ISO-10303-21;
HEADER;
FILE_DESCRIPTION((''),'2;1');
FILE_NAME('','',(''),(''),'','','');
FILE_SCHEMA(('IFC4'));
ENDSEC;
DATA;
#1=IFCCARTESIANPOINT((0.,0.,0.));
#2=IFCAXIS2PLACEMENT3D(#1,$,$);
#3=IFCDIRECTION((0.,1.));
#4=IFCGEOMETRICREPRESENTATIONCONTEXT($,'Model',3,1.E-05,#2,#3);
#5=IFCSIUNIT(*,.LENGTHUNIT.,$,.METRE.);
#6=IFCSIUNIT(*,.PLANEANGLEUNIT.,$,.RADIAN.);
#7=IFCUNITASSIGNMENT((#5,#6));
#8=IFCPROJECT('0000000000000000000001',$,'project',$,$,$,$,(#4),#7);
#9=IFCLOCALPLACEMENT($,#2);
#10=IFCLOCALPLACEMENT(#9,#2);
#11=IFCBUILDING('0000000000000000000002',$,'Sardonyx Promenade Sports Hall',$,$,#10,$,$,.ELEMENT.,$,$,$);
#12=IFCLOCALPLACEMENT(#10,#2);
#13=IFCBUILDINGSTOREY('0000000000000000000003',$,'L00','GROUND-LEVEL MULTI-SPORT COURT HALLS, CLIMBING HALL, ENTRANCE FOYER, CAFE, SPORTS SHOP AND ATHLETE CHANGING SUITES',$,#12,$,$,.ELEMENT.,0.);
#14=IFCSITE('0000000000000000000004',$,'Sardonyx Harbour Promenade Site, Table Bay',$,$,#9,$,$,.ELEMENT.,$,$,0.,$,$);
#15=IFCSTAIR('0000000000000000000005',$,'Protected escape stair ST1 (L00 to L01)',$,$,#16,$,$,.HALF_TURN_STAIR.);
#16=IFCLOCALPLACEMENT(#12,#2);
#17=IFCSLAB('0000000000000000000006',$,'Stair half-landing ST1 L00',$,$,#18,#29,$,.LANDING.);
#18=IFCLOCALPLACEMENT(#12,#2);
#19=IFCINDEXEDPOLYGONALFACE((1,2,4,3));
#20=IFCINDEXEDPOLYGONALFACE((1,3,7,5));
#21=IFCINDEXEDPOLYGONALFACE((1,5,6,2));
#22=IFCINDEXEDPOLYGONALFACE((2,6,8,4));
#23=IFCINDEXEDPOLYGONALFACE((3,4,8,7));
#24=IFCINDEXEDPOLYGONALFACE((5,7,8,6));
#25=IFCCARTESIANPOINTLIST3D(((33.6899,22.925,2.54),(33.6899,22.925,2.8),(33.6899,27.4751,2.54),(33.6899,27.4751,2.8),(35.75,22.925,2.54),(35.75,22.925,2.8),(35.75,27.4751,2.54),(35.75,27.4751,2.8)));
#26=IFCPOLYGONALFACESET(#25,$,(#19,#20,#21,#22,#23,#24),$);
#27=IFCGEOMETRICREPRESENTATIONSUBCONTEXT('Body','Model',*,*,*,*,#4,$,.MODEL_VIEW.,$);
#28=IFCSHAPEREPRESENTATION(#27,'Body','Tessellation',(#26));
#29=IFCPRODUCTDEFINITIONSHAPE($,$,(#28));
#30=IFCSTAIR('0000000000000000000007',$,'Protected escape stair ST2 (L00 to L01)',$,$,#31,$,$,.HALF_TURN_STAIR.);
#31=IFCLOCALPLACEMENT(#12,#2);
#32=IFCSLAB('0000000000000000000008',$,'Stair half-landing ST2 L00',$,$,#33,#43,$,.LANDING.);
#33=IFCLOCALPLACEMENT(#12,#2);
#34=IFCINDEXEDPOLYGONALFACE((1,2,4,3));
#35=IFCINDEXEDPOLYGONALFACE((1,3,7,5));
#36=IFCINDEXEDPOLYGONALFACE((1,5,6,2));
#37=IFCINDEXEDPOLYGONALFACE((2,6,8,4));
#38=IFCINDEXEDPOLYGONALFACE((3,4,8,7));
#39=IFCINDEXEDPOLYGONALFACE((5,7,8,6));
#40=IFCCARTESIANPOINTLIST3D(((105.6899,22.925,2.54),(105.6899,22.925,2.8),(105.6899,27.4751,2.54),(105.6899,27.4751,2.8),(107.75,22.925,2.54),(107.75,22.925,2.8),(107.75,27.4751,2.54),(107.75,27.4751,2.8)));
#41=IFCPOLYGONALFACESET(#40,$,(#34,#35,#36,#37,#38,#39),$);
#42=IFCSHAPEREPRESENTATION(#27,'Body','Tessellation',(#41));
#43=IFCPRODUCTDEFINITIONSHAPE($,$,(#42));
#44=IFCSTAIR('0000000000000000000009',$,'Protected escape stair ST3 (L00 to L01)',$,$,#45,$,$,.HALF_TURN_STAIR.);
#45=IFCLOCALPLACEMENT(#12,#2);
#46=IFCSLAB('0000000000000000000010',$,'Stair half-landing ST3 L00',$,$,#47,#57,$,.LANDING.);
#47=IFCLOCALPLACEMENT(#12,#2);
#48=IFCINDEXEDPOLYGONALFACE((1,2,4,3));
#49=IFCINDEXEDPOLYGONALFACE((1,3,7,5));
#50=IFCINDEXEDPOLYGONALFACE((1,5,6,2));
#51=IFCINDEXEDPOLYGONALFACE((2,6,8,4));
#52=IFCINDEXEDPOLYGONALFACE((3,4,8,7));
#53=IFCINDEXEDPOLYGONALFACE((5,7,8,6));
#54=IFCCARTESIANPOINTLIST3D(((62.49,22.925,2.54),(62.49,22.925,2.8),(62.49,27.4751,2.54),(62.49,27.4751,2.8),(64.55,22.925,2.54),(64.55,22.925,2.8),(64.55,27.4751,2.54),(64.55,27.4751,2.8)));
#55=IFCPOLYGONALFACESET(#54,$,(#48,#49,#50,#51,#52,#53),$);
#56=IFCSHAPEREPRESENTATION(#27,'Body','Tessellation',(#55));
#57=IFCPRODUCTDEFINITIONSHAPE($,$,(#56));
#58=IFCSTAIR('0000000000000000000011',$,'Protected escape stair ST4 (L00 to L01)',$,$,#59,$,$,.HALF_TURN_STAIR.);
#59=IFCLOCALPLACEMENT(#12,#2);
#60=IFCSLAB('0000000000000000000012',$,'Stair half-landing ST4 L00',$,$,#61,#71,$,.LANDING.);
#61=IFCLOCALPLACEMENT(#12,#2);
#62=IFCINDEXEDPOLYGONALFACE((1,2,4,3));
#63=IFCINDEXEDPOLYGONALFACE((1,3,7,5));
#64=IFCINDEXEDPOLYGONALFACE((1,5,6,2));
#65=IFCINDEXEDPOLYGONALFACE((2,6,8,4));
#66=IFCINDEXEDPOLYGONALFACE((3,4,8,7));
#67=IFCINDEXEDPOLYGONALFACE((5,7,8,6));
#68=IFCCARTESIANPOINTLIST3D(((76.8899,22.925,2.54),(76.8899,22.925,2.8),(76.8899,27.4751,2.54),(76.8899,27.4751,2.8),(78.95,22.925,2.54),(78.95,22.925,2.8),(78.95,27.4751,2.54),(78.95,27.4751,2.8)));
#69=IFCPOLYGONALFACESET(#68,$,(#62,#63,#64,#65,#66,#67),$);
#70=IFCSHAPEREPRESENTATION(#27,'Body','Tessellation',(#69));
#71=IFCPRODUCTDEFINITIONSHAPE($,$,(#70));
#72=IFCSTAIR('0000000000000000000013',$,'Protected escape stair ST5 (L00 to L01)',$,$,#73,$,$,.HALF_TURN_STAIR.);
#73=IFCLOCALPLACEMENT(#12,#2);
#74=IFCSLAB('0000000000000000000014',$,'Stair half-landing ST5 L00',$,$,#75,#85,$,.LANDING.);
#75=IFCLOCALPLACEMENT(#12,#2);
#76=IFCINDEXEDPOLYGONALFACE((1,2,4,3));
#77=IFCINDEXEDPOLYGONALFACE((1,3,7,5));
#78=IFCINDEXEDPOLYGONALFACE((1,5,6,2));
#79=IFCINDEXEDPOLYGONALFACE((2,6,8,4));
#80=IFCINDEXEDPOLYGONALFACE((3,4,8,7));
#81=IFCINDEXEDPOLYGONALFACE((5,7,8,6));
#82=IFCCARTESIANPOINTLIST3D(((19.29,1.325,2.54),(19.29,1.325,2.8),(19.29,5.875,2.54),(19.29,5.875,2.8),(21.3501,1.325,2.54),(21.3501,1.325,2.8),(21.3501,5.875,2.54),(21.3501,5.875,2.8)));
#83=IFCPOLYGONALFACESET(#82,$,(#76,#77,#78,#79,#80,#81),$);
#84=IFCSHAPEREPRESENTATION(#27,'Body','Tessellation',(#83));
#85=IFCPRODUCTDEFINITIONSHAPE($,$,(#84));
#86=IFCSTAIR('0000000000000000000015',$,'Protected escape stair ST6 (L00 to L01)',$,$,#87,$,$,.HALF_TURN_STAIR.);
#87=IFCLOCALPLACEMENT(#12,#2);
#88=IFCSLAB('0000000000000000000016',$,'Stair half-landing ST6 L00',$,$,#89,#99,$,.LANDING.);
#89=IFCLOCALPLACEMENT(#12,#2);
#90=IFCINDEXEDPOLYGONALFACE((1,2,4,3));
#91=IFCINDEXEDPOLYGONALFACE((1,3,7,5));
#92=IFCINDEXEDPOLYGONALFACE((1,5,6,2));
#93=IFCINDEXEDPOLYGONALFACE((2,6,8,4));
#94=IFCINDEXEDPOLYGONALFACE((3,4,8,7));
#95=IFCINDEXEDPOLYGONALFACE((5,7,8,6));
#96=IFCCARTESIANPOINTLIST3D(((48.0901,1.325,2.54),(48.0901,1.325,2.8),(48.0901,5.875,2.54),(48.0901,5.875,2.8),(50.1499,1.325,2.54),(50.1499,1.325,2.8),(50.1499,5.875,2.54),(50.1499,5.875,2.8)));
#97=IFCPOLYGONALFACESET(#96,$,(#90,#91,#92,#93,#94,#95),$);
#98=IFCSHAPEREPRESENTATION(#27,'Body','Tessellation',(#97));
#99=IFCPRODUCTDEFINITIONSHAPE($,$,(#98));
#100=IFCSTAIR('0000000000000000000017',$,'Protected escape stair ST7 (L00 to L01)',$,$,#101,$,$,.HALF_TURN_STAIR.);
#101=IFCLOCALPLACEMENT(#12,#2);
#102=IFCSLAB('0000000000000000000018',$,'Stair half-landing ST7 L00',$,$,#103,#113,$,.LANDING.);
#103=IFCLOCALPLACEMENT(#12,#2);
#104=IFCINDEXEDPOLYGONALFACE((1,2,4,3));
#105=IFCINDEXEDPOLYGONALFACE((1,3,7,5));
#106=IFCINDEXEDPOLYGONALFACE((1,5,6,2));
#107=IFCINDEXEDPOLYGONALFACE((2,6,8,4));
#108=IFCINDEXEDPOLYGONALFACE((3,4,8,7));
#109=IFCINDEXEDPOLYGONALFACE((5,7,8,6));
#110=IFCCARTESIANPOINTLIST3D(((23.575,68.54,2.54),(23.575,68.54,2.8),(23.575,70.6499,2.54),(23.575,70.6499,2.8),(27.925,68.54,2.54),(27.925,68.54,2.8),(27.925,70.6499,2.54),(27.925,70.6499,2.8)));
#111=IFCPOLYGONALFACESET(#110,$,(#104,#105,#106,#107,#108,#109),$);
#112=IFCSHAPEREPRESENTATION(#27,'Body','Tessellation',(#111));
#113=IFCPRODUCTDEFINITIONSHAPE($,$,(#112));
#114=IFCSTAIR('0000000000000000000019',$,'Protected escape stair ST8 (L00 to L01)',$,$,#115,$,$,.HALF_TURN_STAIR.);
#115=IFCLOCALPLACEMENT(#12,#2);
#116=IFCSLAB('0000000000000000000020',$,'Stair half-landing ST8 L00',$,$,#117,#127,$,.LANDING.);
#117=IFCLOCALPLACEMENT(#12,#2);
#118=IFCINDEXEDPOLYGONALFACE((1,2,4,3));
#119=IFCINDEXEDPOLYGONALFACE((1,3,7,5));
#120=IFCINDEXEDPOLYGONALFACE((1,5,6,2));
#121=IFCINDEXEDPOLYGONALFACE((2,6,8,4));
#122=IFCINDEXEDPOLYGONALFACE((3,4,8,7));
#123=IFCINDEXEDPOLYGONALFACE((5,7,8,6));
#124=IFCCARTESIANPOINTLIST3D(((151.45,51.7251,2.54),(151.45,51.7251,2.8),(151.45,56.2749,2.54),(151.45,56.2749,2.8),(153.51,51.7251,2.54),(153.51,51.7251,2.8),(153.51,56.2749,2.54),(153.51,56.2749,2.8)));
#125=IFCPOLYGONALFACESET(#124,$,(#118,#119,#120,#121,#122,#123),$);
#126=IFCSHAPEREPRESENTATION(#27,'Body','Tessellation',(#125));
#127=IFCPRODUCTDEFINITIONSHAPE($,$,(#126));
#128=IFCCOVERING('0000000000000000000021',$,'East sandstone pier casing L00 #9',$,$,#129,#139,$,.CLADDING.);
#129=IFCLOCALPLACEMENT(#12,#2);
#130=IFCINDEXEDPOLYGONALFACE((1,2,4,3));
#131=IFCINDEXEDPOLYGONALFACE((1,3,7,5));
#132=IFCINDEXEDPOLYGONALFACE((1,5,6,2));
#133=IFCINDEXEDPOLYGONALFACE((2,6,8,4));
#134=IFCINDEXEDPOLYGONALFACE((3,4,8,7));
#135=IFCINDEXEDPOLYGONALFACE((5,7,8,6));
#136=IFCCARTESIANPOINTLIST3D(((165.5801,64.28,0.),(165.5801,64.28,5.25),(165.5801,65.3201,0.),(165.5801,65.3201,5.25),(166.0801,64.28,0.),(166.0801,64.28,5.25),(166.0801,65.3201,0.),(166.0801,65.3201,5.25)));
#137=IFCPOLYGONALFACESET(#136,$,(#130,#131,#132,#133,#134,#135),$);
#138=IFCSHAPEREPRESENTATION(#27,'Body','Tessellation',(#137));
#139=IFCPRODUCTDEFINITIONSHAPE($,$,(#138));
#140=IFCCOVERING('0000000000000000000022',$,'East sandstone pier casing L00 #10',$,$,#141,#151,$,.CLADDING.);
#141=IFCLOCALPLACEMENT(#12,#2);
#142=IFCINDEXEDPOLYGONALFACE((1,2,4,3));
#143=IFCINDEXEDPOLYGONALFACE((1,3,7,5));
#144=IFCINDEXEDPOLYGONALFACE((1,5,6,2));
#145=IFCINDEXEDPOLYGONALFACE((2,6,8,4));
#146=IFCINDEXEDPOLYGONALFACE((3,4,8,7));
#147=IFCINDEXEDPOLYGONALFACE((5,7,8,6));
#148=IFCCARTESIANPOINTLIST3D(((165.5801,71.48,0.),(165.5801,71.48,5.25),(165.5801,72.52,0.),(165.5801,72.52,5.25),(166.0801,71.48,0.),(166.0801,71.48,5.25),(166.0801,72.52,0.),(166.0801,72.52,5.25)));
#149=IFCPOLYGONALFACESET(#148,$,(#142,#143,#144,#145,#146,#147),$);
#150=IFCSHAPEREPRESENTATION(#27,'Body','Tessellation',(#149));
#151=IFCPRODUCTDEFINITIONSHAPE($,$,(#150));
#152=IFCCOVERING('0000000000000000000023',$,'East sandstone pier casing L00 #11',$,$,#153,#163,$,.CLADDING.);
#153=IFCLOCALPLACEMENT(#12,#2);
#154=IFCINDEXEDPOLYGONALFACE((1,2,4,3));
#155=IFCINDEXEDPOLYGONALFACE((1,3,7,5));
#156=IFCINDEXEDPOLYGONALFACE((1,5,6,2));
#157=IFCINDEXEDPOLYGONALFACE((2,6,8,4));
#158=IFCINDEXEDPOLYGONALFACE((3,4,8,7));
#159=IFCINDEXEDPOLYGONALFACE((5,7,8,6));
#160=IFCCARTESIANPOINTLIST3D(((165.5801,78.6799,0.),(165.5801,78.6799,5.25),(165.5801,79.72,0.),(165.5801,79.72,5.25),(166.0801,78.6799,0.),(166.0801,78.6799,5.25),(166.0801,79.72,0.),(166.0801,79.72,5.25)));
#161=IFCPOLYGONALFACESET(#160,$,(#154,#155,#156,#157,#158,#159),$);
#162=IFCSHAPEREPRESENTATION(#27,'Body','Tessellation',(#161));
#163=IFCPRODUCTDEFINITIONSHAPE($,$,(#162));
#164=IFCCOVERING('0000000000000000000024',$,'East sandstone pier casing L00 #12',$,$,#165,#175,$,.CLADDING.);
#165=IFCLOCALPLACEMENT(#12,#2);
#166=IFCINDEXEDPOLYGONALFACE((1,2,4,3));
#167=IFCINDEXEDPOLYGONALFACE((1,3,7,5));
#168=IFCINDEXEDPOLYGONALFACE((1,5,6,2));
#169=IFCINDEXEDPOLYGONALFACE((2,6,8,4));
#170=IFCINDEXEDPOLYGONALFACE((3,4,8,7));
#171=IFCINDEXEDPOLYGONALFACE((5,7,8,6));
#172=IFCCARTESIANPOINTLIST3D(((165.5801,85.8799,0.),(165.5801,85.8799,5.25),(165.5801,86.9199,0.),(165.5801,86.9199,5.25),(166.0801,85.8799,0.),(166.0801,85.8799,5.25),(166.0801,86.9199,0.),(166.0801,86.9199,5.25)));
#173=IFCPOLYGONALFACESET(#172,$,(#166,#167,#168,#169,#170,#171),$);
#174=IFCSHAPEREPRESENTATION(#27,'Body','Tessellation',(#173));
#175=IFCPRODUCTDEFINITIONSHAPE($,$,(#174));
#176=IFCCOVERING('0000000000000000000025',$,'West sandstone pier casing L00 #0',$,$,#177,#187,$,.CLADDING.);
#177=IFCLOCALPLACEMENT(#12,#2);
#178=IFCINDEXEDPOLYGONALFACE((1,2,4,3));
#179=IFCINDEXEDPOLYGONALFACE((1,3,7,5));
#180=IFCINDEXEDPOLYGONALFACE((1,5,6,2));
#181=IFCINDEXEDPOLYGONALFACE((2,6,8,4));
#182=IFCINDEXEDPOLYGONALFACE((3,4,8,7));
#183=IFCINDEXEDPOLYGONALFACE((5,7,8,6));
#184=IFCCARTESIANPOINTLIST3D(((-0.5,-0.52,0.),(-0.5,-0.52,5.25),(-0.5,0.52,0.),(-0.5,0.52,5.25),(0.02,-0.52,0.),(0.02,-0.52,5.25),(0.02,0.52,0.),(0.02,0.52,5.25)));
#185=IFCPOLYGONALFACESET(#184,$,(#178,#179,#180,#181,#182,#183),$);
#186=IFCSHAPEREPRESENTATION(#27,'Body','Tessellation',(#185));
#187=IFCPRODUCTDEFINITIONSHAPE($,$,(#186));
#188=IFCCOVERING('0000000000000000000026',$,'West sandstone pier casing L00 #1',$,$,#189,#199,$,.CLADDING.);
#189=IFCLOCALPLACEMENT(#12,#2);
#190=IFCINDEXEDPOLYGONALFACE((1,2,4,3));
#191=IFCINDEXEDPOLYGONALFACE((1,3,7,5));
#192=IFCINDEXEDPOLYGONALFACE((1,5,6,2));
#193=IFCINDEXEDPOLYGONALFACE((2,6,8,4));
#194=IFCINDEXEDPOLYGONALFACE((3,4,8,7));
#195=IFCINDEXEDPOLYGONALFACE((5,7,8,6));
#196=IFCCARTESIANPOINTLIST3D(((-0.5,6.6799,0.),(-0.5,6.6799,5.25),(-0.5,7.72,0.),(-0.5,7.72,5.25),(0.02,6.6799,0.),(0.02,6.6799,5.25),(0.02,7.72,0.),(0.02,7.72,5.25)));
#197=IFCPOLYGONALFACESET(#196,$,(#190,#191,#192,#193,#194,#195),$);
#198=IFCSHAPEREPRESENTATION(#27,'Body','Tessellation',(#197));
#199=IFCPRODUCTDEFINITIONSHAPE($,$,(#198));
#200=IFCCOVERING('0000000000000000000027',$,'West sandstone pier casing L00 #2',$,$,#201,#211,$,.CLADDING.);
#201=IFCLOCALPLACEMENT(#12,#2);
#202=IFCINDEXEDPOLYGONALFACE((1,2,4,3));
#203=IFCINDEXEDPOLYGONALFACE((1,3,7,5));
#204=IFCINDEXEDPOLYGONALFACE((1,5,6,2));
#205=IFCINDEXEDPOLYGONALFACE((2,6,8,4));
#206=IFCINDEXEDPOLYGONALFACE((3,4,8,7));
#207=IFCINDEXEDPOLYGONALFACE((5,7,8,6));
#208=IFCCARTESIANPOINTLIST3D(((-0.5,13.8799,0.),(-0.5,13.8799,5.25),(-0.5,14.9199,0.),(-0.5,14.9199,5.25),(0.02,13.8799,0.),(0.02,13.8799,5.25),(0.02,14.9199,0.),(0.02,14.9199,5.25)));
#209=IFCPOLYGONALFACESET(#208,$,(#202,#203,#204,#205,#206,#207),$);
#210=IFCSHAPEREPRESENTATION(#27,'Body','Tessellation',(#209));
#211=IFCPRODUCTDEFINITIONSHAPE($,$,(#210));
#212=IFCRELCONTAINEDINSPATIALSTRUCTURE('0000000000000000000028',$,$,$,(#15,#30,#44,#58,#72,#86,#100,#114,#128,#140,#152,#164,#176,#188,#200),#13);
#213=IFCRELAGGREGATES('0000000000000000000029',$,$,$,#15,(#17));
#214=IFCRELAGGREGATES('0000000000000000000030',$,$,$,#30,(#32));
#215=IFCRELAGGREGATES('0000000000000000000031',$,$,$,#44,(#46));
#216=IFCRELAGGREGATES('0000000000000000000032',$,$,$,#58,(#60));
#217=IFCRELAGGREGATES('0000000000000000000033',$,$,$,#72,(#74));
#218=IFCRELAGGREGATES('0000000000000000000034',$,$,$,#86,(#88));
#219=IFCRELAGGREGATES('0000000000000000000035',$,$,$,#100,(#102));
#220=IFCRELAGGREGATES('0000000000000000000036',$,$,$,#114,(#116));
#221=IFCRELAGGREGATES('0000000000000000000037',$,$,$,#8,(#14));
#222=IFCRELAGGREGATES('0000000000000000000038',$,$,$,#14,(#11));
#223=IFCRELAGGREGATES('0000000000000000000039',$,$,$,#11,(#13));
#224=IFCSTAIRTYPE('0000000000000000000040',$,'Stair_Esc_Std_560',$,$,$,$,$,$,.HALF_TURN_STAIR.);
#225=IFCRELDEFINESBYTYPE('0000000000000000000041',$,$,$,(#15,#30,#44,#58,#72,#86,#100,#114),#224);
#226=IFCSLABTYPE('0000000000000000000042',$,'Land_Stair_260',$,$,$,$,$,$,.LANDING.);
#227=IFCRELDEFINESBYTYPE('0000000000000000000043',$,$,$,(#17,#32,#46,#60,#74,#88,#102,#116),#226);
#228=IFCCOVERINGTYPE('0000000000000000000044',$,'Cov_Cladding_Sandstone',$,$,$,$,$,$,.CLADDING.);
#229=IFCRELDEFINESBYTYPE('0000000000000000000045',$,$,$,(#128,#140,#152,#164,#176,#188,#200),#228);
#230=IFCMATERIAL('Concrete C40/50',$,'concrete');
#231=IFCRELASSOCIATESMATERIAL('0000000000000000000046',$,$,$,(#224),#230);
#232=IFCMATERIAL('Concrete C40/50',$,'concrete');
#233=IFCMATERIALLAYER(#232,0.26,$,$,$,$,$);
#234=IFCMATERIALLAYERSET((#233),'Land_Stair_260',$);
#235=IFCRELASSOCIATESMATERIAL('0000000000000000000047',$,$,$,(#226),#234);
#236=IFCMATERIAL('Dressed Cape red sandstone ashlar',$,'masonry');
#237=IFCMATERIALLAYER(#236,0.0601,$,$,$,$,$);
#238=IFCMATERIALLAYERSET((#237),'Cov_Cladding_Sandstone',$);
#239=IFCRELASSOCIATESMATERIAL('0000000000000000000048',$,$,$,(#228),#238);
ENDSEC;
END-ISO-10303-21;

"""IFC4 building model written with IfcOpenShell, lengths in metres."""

from ifc_helpers import new_model, si_unit, direction, frame, origin, place, context, subcontext, project, spatial, polyline, outline, extrude, material, layer, layer_set, type_object, element, aggregate, save


model = new_model("IFC4")

# Units and contexts
model_context = context("Model", 3, precision=1e-05, world=origin(), true_north=direction((0.0, 1.0)))
body_context = subcontext(model_context, "Body", "Model", "MODEL_VIEW")
ifc_project = project(units=[si_unit("LENGTHUNIT", "METRE"), si_unit("PLANEANGLEUNIT", "RADIAN")], contexts=[model_context])

# Site, building, storey
site_placement = place(None, origin())
site = spatial("IfcSite", under=ifc_project, at=site_placement, Name="Sardonyx Harbour Promenade Site, Table Bay", CompositionType="ELEMENT", RefElevation=0.0)
building_placement = place(site_placement, origin())
building = spatial("IfcBuilding", under=site, at=building_placement, Name="Sardonyx Promenade Sports Hall", CompositionType="ELEMENT")
storey_placement = place(building_placement, origin())
storey = spatial("IfcBuildingStorey", under=building, at=storey_placement, Name="L00", Description="GROUND-LEVEL MULTI-SPORT COURT HALLS, CLIMBING HALL, ENTRANCE FOYER, CAFE, SPORTS SHOP AND ATHLETE CHANGING SUITES", CompositionType="ELEMENT", Elevation=0.0)

# Stairs, slabs
ifc_material_1 = material(Name="Concrete C40/50", Category="concrete")
stair_type = type_object("IfcStairType", Name="Stair_Esc_Std_560", PredefinedType="HALF_TURN_STAIR", material=ifc_material_1)
stair_1_placement = place(storey_placement, origin())
stair_1 = element("IfcStair", 1, at=stair_1_placement, inside=storey, type_object=stair_type, Name="Protected escape stair ST1 (L00 to L01)", PredefinedType="HALF_TURN_STAIR")
ifc_material_2 = material(Name="Concrete C40/50", Category="concrete")
ifc_layer_1 = layer(ifc_material_2, 0.26)
ifc_layer_set_1 = layer_set([ifc_layer_1], Name="Land_Stair_260")
slab_type = type_object("IfcSlabType", Name="Land_Stair_260", PredefinedType="LANDING", material=ifc_layer_set_1)
slab_1_placement = place(storey_placement, frame((0.0, 0.0, 2.54)))
slab_1 = element("IfcSlab", 2, at=slab_1_placement, type_object=slab_type, Name="Stair half-landing ST1 L00", PredefinedType="LANDING", context=body_context, shape_type="SweptSolid", body=[
    extrude(outline(polyline([(33.6899, 22.925), (35.75, 22.925), (35.75, 27.4751), (33.6899, 27.4751), (33.6899, 22.925)])), origin(), (0.0, 0.0, 1.0), 0.26),
])
aggregate(stair_1, [slab_1])
stair_2_placement = place(storey_placement, origin())
stair_2 = element("IfcStair", 3, at=stair_2_placement, inside=storey, type_object=stair_type, Name="Protected escape stair ST2 (L00 to L01)", PredefinedType="HALF_TURN_STAIR")
slab_2_placement = place(storey_placement, frame((0.0, 0.0, 2.54)))
slab_2 = element("IfcSlab", 4, at=slab_2_placement, type_object=slab_type, Name="Stair half-landing ST2 L00", PredefinedType="LANDING", context=body_context, shape_type="SweptSolid", body=[
    extrude(outline(polyline([(105.6899, 22.925), (107.75, 22.925), (107.75, 27.4751), (105.6899, 27.4751), (105.6899, 22.925)])), origin(), (0.0, 0.0, 1.0), 0.26),
])
aggregate(stair_2, [slab_2])
stair_3_placement = place(storey_placement, origin())
stair_3 = element("IfcStair", 5, at=stair_3_placement, inside=storey, type_object=stair_type, Name="Protected escape stair ST3 (L00 to L01)", PredefinedType="HALF_TURN_STAIR")
slab_3_placement = place(storey_placement, frame((0.0, 0.0, 2.54)))
slab_3 = element("IfcSlab", 6, at=slab_3_placement, type_object=slab_type, Name="Stair half-landing ST3 L00", PredefinedType="LANDING", context=body_context, shape_type="SweptSolid", body=[
    extrude(outline(polyline([(62.49, 22.925), (64.55, 22.925), (64.55, 27.4751), (62.49, 27.4751), (62.49, 22.925)])), origin(), (0.0, 0.0, 1.0), 0.26),
])
aggregate(stair_3, [slab_3])
stair_4_placement = place(storey_placement, origin())
stair_4 = element("IfcStair", 7, at=stair_4_placement, inside=storey, type_object=stair_type, Name="Protected escape stair ST4 (L00 to L01)", PredefinedType="HALF_TURN_STAIR")
slab_4_placement = place(storey_placement, frame((0.0, 0.0, 2.54)))
slab_4 = element("IfcSlab", 8, at=slab_4_placement, type_object=slab_type, Name="Stair half-landing ST4 L00", PredefinedType="LANDING", context=body_context, shape_type="SweptSolid", body=[
    extrude(outline(polyline([(76.8899, 22.925), (78.95, 22.925), (78.95, 27.4751), (76.8899, 27.4751), (76.8899, 22.925)])), origin(), (0.0, 0.0, 1.0), 0.26),
])
aggregate(stair_4, [slab_4])
stair_5_placement = place(storey_placement, origin())
stair_5 = element("IfcStair", 9, at=stair_5_placement, inside=storey, type_object=stair_type, Name="Protected escape stair ST5 (L00 to L01)", PredefinedType="HALF_TURN_STAIR")
slab_5_placement = place(storey_placement, frame((0.0, 0.0, 2.54)))
slab_5 = element("IfcSlab", 10, at=slab_5_placement, type_object=slab_type, Name="Stair half-landing ST5 L00", PredefinedType="LANDING", context=body_context, shape_type="SweptSolid", body=[
    extrude(outline(polyline([(19.29, 1.325), (21.3501, 1.325), (21.3501, 5.875), (19.29, 5.875), (19.29, 1.325)])), origin(), (0.0, 0.0, 1.0), 0.26),
])
aggregate(stair_5, [slab_5])
stair_6_placement = place(storey_placement, origin())
stair_6 = element("IfcStair", 11, at=stair_6_placement, inside=storey, type_object=stair_type, Name="Protected escape stair ST6 (L00 to L01)", PredefinedType="HALF_TURN_STAIR")
slab_6_placement = place(storey_placement, frame((0.0, 0.0, 2.54)))
slab_6 = element("IfcSlab", 12, at=slab_6_placement, type_object=slab_type, Name="Stair half-landing ST6 L00", PredefinedType="LANDING", context=body_context, shape_type="SweptSolid", body=[
    extrude(outline(polyline([(48.0901, 1.325), (50.1499, 1.325), (50.1499, 5.875), (48.0901, 5.875), (48.0901, 1.325)])), origin(), (0.0, 0.0, 1.0), 0.26),
])
aggregate(stair_6, [slab_6])
stair_7_placement = place(storey_placement, origin())
stair_7 = element("IfcStair", 13, at=stair_7_placement, inside=storey, type_object=stair_type, Name="Protected escape stair ST7 (L00 to L01)", PredefinedType="HALF_TURN_STAIR")
slab_7_placement = place(storey_placement, frame((0.0, 0.0, 2.54)))
slab_7 = element("IfcSlab", 14, at=slab_7_placement, type_object=slab_type, Name="Stair half-landing ST7 L00", PredefinedType="LANDING", context=body_context, shape_type="SweptSolid", body=[
    extrude(outline(polyline([(27.925, 68.54), (27.925, 70.6499), (23.575, 70.6499), (23.575, 68.54), (27.925, 68.54)])), origin(), (0.0, 0.0, 1.0), 0.26),
])
aggregate(stair_7, [slab_7])
stair_8_placement = place(storey_placement, origin())
stair_8 = element("IfcStair", 15, at=stair_8_placement, inside=storey, type_object=stair_type, Name="Protected escape stair ST8 (L00 to L01)", PredefinedType="HALF_TURN_STAIR")
slab_8_placement = place(storey_placement, frame((0.0, 0.0, 2.54)))
slab_8 = element("IfcSlab", 16, at=slab_8_placement, type_object=slab_type, Name="Stair half-landing ST8 L00", PredefinedType="LANDING", context=body_context, shape_type="SweptSolid", body=[
    extrude(outline(polyline([(153.51, 56.2749), (151.45, 56.2749), (151.45, 51.7251), (153.51, 51.7251), (153.51, 56.2749)])), origin(), (0.0, 0.0, 1.0), 0.26),
])
aggregate(stair_8, [slab_8])

# Coverings
ifc_material_3 = material(Name="Dressed Cape red sandstone ashlar", Category="masonry")
ifc_layer_2 = layer(ifc_material_3, 0.0601)
ifc_layer_set_2 = layer_set([ifc_layer_2], Name="Cov_Cladding_Sandstone")
covering_type_1 = type_object("IfcCoveringType", Name="Cov_Cladding_Sandstone", PredefinedType="CLADDING", material=ifc_layer_set_2)
covering_1_placement = place(storey_placement, origin())
element("IfcCovering", 17, at=covering_1_placement, inside=storey, type_object=covering_type_1, Name="East sandstone pier casing L00 #9", PredefinedType="CLADDING", context=body_context, shape_type="SweptSolid", body=[
    extrude(outline(polyline([(165.5801, 64.28), (166.0801, 64.28), (166.0801, 65.3201), (165.5801, 65.3201), (165.5801, 64.28)])), origin(), (0.0, 0.0, 1.0), 5.25),
])
covering_2_placement = place(storey_placement, origin())
element("IfcCovering", 18, at=covering_2_placement, inside=storey, type_object=covering_type_1, Name="East sandstone pier casing L00 #10", PredefinedType="CLADDING", context=body_context, shape_type="SweptSolid", body=[
    extrude(outline(polyline([(165.5801, 71.48), (166.0801, 71.48), (166.0801, 72.52), (165.5801, 72.52), (165.5801, 71.48)])), origin(), (0.0, 0.0, 1.0), 5.25),
])
covering_3_placement = place(storey_placement, origin())
element("IfcCovering", 19, at=covering_3_placement, inside=storey, type_object=covering_type_1, Name="East sandstone pier casing L00 #11", PredefinedType="CLADDING", context=body_context, shape_type="SweptSolid", body=[
    extrude(outline(polyline([(165.5801, 78.6799), (166.0801, 78.6799), (166.0801, 79.72), (165.5801, 79.72), (165.5801, 78.6799)])), origin(), (0.0, 0.0, 1.0), 5.25),
])
covering_4_placement = place(storey_placement, origin())
element("IfcCovering", 20, at=covering_4_placement, inside=storey, type_object=covering_type_1, Name="East sandstone pier casing L00 #12", PredefinedType="CLADDING", context=body_context, shape_type="SweptSolid", body=[
    extrude(outline(polyline([(165.5801, 85.8799), (166.0801, 85.8799), (166.0801, 86.9199), (165.5801, 86.9199), (165.5801, 85.8799)])), origin(), (0.0, 0.0, 1.0), 5.25),
])
covering_5_placement = place(storey_placement, origin())
element("IfcCovering", 21, at=covering_5_placement, inside=storey, type_object=covering_type_1, Name="West sandstone pier casing L00 #0", PredefinedType="CLADDING", context=body_context, shape_type="SweptSolid", body=[
    extrude(outline(polyline([(-0.5, -0.52), (0.02, -0.52), (0.02, 0.52), (-0.5, 0.52), (-0.5, -0.52)])), origin(), (0.0, 0.0, 1.0), 5.25),
])
covering_6_placement = place(storey_placement, origin())
element("IfcCovering", 22, at=covering_6_placement, inside=storey, type_object=covering_type_1, Name="West sandstone pier casing L00 #1", PredefinedType="CLADDING", context=body_context, shape_type="SweptSolid", body=[
    extrude(outline(polyline([(-0.5, 6.6799), (0.02, 6.6799), (0.02, 7.72), (-0.5, 7.72), (-0.5, 6.6799)])), origin(), (0.0, 0.0, 1.0), 5.25),
])
covering_7_placement = place(storey_placement, origin())
element("IfcCovering", 23, at=covering_7_placement, inside=storey, type_object=covering_type_1, Name="West sandstone pier casing L00 #2", PredefinedType="CLADDING", context=body_context, shape_type="SweptSolid", body=[
    extrude(outline(polyline([(-0.5, 13.8799), (0.02, 13.8799), (0.02, 14.9199), (-0.5, 14.9199), (-0.5, 13.8799)])), origin(), (0.0, 0.0, 1.0), 5.25),
])

save(model, "model.ifc")
